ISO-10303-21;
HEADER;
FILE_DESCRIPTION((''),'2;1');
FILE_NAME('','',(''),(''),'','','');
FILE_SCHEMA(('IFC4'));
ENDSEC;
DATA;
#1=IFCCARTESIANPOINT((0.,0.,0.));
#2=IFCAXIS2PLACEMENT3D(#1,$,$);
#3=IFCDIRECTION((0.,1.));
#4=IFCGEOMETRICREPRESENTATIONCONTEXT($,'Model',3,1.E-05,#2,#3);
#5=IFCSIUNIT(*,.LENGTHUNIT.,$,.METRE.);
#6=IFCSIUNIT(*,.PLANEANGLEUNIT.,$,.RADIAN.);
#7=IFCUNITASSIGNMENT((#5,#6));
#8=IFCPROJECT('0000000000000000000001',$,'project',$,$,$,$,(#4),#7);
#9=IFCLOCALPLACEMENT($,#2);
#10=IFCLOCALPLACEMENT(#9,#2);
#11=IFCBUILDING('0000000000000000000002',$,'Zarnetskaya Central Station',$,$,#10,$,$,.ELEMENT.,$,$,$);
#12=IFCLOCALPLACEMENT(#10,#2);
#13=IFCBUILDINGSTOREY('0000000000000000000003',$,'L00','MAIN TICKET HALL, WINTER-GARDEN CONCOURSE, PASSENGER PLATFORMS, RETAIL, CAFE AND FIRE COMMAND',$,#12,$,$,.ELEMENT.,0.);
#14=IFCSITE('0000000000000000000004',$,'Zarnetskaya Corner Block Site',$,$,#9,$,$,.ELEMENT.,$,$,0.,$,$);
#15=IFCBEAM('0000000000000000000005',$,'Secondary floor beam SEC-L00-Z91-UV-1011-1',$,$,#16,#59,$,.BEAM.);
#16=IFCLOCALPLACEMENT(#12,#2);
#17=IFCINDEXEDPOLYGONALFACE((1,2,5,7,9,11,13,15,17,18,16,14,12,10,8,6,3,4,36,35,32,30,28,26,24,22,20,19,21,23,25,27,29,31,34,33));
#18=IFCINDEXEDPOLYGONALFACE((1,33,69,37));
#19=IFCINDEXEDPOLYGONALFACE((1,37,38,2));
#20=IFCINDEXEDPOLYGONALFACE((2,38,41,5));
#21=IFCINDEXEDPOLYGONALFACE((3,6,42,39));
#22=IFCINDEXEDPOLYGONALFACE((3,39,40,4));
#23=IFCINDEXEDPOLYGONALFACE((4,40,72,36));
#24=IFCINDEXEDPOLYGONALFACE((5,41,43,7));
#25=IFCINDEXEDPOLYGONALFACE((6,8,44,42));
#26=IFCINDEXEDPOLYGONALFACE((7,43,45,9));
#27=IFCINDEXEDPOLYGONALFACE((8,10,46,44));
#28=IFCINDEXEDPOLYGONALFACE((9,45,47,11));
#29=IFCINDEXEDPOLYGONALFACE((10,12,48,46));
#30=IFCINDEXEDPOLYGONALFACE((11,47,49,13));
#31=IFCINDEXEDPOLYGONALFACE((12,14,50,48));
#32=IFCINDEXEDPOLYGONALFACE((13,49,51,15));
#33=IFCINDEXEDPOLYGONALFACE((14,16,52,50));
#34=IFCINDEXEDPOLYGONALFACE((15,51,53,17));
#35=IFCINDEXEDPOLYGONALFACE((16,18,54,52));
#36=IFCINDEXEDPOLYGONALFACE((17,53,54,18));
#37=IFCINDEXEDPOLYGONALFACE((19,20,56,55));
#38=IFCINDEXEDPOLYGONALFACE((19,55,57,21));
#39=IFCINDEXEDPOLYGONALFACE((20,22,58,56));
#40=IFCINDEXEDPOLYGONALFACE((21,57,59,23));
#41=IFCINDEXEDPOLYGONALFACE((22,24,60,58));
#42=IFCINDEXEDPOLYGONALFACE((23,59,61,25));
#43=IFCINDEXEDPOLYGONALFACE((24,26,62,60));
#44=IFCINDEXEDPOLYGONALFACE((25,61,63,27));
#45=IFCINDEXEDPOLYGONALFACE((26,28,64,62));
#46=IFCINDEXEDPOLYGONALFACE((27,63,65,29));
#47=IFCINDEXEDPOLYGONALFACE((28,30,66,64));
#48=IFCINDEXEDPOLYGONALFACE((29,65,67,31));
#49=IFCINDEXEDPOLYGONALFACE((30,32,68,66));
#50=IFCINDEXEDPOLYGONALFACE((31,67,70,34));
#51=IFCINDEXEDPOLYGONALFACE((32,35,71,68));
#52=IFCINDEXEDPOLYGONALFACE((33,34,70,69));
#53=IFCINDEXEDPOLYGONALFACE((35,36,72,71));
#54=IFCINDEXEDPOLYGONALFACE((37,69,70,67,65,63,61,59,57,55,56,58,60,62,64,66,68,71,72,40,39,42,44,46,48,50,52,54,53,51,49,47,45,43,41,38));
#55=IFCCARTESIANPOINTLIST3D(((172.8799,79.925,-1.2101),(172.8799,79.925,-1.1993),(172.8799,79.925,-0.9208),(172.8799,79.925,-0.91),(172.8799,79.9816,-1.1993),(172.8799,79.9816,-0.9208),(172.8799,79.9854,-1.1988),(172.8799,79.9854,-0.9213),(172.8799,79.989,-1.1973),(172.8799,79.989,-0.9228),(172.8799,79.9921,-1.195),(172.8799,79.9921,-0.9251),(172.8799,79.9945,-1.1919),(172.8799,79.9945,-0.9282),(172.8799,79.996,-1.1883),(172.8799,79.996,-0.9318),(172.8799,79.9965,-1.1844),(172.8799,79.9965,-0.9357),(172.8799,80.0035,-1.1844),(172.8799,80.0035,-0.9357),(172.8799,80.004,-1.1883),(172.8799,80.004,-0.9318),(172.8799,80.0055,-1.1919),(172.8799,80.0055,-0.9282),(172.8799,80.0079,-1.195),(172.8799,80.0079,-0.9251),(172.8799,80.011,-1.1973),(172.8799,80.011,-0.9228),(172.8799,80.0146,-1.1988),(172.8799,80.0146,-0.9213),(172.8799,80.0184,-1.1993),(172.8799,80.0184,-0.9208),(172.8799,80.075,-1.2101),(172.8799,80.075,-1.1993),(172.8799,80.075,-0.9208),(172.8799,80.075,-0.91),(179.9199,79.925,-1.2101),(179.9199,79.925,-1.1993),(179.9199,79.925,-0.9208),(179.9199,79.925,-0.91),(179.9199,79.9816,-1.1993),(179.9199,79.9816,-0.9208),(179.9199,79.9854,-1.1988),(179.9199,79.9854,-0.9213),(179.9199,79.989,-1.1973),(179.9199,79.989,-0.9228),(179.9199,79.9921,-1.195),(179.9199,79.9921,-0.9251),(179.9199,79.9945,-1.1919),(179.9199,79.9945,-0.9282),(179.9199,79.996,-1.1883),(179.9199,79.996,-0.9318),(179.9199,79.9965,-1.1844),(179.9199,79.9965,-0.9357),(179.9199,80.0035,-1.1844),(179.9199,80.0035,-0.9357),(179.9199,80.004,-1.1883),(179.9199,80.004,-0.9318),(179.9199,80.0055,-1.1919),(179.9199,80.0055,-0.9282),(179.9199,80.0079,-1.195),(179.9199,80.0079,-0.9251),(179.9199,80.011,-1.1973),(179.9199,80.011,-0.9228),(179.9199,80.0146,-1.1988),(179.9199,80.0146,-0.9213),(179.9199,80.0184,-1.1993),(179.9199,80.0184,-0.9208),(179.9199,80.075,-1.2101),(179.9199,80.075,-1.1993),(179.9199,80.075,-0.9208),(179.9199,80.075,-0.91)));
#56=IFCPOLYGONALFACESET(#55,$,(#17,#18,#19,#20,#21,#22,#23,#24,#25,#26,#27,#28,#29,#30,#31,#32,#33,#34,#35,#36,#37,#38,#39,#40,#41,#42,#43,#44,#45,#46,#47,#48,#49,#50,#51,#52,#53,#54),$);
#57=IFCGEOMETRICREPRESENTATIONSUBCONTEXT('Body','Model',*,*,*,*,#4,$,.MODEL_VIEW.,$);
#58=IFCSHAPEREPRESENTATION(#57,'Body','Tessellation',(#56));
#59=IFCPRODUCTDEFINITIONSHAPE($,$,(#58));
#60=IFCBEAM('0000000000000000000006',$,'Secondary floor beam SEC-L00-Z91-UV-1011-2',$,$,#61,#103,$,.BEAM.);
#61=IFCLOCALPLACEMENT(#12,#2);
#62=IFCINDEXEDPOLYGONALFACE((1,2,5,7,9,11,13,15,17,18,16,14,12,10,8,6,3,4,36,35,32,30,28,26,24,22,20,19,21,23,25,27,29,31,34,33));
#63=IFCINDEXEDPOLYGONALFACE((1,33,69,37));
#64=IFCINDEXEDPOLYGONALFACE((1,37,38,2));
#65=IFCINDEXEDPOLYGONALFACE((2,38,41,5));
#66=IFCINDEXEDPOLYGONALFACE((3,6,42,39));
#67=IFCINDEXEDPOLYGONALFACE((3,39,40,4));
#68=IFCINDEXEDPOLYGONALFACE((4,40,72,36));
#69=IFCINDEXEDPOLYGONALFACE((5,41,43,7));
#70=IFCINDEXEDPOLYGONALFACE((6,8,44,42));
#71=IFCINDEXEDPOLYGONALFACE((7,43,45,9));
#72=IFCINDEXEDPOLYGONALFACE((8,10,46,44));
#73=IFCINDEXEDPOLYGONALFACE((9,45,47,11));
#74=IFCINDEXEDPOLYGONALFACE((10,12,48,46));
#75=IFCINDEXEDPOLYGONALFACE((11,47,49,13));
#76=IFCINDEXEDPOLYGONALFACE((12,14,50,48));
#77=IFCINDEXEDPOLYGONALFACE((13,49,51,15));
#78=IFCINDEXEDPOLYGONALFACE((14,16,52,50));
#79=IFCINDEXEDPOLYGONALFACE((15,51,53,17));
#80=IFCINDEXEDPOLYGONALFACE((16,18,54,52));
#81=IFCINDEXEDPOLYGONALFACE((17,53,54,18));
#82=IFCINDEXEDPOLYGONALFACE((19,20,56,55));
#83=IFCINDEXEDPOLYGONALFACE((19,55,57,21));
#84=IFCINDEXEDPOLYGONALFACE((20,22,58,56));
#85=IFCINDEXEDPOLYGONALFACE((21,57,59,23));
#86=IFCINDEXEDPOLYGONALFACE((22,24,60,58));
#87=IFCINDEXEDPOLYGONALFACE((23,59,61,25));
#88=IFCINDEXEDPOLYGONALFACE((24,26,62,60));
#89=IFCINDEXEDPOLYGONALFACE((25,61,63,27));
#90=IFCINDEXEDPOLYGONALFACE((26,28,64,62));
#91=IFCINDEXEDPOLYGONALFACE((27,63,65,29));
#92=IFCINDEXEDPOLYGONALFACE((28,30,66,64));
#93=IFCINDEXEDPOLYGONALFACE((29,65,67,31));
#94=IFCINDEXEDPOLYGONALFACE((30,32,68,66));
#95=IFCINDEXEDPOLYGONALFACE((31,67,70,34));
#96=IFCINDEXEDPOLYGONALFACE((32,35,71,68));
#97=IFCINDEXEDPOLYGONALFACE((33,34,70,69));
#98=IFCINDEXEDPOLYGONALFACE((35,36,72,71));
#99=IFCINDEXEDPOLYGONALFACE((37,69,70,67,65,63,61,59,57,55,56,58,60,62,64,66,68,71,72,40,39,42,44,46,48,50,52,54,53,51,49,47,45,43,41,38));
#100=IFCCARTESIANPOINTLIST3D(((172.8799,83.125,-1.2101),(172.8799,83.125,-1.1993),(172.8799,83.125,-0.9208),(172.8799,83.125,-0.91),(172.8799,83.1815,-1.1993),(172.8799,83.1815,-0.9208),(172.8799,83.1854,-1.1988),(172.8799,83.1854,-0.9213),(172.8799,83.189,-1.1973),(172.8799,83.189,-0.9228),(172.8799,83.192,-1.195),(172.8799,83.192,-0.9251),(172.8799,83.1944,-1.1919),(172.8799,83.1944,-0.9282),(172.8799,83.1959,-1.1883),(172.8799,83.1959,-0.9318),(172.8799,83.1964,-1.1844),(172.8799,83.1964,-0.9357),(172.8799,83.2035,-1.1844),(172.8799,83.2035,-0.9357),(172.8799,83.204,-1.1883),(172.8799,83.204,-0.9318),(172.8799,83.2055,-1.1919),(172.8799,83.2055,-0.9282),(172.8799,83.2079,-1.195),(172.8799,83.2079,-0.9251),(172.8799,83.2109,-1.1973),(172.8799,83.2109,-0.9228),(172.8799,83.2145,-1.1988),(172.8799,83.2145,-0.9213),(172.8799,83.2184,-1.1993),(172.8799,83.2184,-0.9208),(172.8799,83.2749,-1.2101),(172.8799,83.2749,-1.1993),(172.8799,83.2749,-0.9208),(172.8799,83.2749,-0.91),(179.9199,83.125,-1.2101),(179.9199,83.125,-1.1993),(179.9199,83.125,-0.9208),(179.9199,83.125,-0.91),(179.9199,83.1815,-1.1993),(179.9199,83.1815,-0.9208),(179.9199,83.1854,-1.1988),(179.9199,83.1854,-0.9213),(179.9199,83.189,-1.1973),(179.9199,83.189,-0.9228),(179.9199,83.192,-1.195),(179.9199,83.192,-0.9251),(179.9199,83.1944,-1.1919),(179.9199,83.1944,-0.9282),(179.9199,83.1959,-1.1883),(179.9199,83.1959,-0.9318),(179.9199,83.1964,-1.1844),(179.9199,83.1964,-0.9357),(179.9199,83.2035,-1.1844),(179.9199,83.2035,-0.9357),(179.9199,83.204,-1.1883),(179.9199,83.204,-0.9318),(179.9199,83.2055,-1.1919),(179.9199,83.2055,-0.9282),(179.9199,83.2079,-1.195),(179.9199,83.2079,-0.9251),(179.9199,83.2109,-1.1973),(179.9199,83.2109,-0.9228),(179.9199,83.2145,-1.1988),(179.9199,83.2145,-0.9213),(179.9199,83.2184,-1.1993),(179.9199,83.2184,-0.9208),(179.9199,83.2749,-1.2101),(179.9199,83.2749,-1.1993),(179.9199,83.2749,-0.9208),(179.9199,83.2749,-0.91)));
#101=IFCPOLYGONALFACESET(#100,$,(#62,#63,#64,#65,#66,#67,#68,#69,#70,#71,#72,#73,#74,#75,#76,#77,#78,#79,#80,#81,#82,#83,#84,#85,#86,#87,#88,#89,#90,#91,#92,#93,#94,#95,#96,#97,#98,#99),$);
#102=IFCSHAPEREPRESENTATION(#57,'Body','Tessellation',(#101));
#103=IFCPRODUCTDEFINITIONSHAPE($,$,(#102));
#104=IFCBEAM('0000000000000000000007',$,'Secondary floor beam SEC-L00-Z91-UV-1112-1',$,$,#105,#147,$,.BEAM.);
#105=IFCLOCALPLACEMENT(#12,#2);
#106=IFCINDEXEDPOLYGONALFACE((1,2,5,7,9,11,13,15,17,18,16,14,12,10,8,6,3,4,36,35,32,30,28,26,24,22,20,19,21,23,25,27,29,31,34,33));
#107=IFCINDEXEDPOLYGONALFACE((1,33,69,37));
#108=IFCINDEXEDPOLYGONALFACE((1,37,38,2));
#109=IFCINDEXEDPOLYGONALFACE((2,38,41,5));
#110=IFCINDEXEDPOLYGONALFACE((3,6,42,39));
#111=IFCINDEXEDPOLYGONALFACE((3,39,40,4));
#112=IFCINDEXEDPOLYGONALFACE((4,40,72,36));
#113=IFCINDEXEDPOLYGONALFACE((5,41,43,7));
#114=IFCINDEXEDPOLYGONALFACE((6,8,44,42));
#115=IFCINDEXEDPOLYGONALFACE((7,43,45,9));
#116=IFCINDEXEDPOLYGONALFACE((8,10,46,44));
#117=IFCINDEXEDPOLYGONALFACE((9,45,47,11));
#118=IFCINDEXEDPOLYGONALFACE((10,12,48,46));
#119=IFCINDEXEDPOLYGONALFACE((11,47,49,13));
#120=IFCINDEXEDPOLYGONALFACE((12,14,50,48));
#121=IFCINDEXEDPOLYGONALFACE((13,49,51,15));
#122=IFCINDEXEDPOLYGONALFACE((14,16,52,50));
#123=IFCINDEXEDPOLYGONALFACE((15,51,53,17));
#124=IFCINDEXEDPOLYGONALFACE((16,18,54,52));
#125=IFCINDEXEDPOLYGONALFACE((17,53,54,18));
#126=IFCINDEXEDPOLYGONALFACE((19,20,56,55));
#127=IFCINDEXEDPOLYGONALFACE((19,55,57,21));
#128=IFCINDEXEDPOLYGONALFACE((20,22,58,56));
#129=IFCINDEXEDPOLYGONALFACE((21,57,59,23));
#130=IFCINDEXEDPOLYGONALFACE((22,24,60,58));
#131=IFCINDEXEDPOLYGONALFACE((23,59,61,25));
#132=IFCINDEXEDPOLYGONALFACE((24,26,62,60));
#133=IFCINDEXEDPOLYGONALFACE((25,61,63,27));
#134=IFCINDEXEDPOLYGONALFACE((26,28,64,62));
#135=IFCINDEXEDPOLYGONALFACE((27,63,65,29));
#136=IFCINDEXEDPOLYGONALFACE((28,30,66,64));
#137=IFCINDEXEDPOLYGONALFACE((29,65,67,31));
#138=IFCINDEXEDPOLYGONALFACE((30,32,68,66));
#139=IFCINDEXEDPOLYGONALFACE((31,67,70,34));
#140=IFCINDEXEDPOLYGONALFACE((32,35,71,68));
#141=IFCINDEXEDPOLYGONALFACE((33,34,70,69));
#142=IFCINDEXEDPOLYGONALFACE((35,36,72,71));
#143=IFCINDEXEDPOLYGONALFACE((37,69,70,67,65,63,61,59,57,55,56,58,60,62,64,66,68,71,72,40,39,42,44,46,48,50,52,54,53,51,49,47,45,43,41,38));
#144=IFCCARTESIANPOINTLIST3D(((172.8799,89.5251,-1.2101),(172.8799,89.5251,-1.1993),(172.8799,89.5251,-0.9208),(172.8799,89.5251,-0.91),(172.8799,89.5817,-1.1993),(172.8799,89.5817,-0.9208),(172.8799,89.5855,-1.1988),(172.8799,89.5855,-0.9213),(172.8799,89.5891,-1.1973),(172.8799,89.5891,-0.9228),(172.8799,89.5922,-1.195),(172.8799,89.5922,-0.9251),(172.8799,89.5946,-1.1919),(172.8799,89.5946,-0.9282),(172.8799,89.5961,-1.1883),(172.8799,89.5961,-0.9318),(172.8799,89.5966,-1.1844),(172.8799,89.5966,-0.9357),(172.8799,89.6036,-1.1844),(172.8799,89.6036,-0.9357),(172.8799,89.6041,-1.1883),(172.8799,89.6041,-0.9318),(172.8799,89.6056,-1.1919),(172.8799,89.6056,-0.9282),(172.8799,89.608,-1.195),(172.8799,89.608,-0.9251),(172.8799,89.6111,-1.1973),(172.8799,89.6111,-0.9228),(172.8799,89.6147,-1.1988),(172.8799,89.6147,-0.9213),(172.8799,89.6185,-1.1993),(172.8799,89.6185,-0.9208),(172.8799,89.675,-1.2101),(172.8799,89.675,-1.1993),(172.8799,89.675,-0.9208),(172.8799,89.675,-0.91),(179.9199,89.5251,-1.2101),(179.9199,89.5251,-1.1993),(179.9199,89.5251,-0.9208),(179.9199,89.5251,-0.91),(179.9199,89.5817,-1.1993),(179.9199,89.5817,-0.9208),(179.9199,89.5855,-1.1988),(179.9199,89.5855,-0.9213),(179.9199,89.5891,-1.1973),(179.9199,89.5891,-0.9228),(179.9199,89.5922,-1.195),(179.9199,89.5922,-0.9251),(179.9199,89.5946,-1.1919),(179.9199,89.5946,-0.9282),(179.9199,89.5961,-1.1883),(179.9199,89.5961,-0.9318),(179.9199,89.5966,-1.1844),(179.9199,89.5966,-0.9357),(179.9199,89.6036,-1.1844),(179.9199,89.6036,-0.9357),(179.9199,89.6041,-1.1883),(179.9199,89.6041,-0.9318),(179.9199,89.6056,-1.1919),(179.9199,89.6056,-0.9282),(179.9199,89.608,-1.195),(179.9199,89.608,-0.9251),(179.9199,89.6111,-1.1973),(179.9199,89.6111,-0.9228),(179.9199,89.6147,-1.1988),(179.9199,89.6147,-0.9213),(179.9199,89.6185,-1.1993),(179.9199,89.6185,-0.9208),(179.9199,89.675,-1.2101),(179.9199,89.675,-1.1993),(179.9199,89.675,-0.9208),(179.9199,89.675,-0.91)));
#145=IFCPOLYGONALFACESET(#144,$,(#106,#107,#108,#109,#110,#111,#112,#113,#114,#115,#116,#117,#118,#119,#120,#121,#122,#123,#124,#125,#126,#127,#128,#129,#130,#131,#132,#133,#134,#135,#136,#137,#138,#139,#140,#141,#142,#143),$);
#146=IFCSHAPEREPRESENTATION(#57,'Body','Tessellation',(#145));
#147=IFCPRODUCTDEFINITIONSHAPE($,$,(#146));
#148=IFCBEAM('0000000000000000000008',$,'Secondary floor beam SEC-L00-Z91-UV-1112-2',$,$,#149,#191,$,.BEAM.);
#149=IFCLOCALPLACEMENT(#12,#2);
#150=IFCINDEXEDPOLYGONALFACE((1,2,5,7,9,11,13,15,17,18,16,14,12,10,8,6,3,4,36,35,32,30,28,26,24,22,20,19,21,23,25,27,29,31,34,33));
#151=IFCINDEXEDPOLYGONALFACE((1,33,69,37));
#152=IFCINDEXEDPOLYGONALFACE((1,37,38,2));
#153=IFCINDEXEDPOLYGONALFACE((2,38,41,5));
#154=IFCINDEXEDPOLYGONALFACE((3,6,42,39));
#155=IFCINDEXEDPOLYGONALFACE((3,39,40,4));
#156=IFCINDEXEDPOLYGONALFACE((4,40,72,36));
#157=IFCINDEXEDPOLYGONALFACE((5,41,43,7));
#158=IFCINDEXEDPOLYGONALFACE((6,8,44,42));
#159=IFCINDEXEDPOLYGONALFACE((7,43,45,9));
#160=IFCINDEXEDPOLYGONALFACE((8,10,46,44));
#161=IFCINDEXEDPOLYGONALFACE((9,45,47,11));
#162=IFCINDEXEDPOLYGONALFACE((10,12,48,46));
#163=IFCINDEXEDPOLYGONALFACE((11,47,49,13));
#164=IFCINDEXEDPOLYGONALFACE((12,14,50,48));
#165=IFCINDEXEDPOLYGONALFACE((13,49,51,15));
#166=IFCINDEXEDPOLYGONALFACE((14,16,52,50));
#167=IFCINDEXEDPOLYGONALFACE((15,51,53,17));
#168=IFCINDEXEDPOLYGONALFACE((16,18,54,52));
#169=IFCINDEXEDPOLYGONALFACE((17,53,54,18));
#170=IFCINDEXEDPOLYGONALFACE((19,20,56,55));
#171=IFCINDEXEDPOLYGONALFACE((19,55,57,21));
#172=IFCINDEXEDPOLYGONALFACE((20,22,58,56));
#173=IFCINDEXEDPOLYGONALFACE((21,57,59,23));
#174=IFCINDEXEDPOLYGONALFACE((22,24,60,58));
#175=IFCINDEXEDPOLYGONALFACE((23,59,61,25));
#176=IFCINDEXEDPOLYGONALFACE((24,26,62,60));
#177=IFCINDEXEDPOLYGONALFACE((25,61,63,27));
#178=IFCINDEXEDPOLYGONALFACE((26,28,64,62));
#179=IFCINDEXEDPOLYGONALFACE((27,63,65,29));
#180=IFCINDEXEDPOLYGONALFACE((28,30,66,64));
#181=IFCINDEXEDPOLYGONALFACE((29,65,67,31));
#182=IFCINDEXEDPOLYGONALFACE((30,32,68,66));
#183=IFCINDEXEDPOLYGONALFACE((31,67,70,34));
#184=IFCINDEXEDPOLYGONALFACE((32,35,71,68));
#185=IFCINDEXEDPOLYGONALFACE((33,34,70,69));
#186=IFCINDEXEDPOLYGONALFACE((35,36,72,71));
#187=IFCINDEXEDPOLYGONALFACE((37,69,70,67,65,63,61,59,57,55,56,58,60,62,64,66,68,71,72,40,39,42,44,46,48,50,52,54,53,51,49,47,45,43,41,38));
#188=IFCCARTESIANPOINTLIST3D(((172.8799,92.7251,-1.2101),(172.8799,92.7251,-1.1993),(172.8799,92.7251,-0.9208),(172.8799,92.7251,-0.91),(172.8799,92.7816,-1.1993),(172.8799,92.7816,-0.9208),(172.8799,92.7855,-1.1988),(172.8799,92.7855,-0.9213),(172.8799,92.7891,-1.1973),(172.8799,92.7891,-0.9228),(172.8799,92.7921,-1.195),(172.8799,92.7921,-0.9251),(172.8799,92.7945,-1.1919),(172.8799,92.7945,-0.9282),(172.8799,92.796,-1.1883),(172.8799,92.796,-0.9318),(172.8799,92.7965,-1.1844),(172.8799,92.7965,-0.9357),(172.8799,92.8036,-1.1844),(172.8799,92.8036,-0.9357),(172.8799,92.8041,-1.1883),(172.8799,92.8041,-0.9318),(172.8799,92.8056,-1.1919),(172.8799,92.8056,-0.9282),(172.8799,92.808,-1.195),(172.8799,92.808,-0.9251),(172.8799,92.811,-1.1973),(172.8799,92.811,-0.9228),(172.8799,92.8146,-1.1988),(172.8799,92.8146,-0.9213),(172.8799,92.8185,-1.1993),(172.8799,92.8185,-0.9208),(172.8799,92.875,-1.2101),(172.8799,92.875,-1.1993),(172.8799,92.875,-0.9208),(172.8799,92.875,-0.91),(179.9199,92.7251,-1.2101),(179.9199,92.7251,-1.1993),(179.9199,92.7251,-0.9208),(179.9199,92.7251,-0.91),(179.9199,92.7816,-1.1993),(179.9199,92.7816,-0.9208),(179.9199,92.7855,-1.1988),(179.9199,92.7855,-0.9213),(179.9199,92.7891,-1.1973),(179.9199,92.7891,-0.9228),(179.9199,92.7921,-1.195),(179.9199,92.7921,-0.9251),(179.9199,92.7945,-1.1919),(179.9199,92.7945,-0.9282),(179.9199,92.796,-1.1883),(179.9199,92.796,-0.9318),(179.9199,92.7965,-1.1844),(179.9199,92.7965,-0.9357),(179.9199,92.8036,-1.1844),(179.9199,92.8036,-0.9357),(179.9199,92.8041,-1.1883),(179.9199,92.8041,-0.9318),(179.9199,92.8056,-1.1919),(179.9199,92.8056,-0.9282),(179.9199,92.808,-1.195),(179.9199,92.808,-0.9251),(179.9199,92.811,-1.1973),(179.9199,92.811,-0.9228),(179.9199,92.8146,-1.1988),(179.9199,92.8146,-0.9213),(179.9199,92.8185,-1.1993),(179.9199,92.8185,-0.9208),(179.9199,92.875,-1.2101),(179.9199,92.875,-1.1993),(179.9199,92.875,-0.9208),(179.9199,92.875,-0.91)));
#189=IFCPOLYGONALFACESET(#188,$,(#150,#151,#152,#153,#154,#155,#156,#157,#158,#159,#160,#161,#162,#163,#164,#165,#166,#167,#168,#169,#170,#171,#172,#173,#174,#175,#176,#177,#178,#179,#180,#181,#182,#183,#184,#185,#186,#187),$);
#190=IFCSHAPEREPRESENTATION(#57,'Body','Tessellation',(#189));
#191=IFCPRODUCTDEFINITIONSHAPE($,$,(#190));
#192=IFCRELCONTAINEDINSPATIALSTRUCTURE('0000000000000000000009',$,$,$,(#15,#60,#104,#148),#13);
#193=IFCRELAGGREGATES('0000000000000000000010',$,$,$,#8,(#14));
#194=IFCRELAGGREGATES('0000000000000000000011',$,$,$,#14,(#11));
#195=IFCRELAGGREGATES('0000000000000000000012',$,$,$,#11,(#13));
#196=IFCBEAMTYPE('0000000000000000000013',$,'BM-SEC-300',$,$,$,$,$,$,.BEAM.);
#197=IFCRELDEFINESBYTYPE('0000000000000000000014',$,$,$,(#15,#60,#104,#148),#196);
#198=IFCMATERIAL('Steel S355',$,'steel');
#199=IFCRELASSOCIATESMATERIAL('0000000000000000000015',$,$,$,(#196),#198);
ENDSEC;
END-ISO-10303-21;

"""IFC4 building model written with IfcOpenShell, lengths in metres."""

from ifc_helpers import new_model, si_unit, direction, frame, origin, origin_2d, place, context, subcontext, project, spatial, i_section, extrude, material, material_profile, profile_set, type_object, element, save


model = new_model("IFC4")

# Units and contexts
model_context = context("Model", 3, precision=1e-05, world=origin(), true_north=direction((0.0, 1.0)))
body_context = subcontext(model_context, "Body", "Model", "MODEL_VIEW")
ifc_project = project(units=[si_unit("LENGTHUNIT", "METRE"), si_unit("PLANEANGLEUNIT", "RADIAN")], contexts=[model_context])

# Site, building, storey
site_placement = place(None, origin())
site = spatial("IfcSite", under=ifc_project, at=site_placement, Name="Zarnetskaya Corner Block Site", CompositionType="ELEMENT", RefElevation=0.0)
building_placement = place(site_placement, origin())
building = spatial("IfcBuilding", under=site, at=building_placement, Name="Zarnetskaya Central Station", CompositionType="ELEMENT")
storey_placement = place(building_placement, origin())
storey = spatial("IfcBuildingStorey", under=building, at=storey_placement, Name="L00", Description="MAIN TICKET HALL, WINTER-GARDEN CONCOURSE, PASSENGER PLATFORMS, RETAIL, CAFE AND FIRE COMMAND", CompositionType="ELEMENT", Elevation=0.0)

# Shared definitions
ifc_material = material(Name="Steel S355", Category="steel")

# Beams
ifc_material_profile_1 = material_profile(ifc_material, i_section(OverallWidth=0.1499, OverallDepth=0.3, WebThickness=0.0071, FlangeThickness=0.0107, FilletRadius=0.0149, at=origin_2d()), Name="IPE 300")
ifc_profile_set_1 = profile_set([ifc_material_profile_1], Name="Steel S355")
beam_type_1 = type_object("IfcBeamType", Name="BM-SEC-300", PredefinedType="BEAM", material=ifc_profile_set_1)
for number, where, z_axis, x_axis, name in (
    (1, (172.8799, 80.0, -1.0601), (1.0, 0.0, 0.0), (0.0, 1.0, 0.0), "Secondary floor beam SEC-L00-Z91-UV-1011-1"),
    (2, (172.8799, 83.2, -1.0601), (1.0, 0.0, 0.0), (0.0, 1.0, 0.0), "Secondary floor beam SEC-L00-Z91-UV-1011-2"),
    (3, (172.8799, 89.6001, -1.0601), (1.0, 0.0, 0.0), (0.0, 1.0, 0.0), "Secondary floor beam SEC-L00-Z91-UV-1112-1"),
    (4, (172.8799, 92.8, -1.0601), (1.0, 0.0, 0.0), (0.0, 1.0, 0.0), "Secondary floor beam SEC-L00-Z91-UV-1112-2"),
):
    element("IfcBeam", number, at=place(storey_placement, frame(where, z_axis=z_axis, x_axis=x_axis)), inside=storey, type_object=beam_type_1, Name=name, PredefinedType="BEAM", context=body_context, shape_type="SweptSolid", body=[
        extrude(i_section(OverallWidth=0.1499, OverallDepth=0.3, WebThickness=0.0071, FlangeThickness=0.0107, FilletRadius=0.0149, at=origin_2d()), origin(), (0.0, 0.0, 1.0), 7.04),
    ])

save(model, "model.ifc")
